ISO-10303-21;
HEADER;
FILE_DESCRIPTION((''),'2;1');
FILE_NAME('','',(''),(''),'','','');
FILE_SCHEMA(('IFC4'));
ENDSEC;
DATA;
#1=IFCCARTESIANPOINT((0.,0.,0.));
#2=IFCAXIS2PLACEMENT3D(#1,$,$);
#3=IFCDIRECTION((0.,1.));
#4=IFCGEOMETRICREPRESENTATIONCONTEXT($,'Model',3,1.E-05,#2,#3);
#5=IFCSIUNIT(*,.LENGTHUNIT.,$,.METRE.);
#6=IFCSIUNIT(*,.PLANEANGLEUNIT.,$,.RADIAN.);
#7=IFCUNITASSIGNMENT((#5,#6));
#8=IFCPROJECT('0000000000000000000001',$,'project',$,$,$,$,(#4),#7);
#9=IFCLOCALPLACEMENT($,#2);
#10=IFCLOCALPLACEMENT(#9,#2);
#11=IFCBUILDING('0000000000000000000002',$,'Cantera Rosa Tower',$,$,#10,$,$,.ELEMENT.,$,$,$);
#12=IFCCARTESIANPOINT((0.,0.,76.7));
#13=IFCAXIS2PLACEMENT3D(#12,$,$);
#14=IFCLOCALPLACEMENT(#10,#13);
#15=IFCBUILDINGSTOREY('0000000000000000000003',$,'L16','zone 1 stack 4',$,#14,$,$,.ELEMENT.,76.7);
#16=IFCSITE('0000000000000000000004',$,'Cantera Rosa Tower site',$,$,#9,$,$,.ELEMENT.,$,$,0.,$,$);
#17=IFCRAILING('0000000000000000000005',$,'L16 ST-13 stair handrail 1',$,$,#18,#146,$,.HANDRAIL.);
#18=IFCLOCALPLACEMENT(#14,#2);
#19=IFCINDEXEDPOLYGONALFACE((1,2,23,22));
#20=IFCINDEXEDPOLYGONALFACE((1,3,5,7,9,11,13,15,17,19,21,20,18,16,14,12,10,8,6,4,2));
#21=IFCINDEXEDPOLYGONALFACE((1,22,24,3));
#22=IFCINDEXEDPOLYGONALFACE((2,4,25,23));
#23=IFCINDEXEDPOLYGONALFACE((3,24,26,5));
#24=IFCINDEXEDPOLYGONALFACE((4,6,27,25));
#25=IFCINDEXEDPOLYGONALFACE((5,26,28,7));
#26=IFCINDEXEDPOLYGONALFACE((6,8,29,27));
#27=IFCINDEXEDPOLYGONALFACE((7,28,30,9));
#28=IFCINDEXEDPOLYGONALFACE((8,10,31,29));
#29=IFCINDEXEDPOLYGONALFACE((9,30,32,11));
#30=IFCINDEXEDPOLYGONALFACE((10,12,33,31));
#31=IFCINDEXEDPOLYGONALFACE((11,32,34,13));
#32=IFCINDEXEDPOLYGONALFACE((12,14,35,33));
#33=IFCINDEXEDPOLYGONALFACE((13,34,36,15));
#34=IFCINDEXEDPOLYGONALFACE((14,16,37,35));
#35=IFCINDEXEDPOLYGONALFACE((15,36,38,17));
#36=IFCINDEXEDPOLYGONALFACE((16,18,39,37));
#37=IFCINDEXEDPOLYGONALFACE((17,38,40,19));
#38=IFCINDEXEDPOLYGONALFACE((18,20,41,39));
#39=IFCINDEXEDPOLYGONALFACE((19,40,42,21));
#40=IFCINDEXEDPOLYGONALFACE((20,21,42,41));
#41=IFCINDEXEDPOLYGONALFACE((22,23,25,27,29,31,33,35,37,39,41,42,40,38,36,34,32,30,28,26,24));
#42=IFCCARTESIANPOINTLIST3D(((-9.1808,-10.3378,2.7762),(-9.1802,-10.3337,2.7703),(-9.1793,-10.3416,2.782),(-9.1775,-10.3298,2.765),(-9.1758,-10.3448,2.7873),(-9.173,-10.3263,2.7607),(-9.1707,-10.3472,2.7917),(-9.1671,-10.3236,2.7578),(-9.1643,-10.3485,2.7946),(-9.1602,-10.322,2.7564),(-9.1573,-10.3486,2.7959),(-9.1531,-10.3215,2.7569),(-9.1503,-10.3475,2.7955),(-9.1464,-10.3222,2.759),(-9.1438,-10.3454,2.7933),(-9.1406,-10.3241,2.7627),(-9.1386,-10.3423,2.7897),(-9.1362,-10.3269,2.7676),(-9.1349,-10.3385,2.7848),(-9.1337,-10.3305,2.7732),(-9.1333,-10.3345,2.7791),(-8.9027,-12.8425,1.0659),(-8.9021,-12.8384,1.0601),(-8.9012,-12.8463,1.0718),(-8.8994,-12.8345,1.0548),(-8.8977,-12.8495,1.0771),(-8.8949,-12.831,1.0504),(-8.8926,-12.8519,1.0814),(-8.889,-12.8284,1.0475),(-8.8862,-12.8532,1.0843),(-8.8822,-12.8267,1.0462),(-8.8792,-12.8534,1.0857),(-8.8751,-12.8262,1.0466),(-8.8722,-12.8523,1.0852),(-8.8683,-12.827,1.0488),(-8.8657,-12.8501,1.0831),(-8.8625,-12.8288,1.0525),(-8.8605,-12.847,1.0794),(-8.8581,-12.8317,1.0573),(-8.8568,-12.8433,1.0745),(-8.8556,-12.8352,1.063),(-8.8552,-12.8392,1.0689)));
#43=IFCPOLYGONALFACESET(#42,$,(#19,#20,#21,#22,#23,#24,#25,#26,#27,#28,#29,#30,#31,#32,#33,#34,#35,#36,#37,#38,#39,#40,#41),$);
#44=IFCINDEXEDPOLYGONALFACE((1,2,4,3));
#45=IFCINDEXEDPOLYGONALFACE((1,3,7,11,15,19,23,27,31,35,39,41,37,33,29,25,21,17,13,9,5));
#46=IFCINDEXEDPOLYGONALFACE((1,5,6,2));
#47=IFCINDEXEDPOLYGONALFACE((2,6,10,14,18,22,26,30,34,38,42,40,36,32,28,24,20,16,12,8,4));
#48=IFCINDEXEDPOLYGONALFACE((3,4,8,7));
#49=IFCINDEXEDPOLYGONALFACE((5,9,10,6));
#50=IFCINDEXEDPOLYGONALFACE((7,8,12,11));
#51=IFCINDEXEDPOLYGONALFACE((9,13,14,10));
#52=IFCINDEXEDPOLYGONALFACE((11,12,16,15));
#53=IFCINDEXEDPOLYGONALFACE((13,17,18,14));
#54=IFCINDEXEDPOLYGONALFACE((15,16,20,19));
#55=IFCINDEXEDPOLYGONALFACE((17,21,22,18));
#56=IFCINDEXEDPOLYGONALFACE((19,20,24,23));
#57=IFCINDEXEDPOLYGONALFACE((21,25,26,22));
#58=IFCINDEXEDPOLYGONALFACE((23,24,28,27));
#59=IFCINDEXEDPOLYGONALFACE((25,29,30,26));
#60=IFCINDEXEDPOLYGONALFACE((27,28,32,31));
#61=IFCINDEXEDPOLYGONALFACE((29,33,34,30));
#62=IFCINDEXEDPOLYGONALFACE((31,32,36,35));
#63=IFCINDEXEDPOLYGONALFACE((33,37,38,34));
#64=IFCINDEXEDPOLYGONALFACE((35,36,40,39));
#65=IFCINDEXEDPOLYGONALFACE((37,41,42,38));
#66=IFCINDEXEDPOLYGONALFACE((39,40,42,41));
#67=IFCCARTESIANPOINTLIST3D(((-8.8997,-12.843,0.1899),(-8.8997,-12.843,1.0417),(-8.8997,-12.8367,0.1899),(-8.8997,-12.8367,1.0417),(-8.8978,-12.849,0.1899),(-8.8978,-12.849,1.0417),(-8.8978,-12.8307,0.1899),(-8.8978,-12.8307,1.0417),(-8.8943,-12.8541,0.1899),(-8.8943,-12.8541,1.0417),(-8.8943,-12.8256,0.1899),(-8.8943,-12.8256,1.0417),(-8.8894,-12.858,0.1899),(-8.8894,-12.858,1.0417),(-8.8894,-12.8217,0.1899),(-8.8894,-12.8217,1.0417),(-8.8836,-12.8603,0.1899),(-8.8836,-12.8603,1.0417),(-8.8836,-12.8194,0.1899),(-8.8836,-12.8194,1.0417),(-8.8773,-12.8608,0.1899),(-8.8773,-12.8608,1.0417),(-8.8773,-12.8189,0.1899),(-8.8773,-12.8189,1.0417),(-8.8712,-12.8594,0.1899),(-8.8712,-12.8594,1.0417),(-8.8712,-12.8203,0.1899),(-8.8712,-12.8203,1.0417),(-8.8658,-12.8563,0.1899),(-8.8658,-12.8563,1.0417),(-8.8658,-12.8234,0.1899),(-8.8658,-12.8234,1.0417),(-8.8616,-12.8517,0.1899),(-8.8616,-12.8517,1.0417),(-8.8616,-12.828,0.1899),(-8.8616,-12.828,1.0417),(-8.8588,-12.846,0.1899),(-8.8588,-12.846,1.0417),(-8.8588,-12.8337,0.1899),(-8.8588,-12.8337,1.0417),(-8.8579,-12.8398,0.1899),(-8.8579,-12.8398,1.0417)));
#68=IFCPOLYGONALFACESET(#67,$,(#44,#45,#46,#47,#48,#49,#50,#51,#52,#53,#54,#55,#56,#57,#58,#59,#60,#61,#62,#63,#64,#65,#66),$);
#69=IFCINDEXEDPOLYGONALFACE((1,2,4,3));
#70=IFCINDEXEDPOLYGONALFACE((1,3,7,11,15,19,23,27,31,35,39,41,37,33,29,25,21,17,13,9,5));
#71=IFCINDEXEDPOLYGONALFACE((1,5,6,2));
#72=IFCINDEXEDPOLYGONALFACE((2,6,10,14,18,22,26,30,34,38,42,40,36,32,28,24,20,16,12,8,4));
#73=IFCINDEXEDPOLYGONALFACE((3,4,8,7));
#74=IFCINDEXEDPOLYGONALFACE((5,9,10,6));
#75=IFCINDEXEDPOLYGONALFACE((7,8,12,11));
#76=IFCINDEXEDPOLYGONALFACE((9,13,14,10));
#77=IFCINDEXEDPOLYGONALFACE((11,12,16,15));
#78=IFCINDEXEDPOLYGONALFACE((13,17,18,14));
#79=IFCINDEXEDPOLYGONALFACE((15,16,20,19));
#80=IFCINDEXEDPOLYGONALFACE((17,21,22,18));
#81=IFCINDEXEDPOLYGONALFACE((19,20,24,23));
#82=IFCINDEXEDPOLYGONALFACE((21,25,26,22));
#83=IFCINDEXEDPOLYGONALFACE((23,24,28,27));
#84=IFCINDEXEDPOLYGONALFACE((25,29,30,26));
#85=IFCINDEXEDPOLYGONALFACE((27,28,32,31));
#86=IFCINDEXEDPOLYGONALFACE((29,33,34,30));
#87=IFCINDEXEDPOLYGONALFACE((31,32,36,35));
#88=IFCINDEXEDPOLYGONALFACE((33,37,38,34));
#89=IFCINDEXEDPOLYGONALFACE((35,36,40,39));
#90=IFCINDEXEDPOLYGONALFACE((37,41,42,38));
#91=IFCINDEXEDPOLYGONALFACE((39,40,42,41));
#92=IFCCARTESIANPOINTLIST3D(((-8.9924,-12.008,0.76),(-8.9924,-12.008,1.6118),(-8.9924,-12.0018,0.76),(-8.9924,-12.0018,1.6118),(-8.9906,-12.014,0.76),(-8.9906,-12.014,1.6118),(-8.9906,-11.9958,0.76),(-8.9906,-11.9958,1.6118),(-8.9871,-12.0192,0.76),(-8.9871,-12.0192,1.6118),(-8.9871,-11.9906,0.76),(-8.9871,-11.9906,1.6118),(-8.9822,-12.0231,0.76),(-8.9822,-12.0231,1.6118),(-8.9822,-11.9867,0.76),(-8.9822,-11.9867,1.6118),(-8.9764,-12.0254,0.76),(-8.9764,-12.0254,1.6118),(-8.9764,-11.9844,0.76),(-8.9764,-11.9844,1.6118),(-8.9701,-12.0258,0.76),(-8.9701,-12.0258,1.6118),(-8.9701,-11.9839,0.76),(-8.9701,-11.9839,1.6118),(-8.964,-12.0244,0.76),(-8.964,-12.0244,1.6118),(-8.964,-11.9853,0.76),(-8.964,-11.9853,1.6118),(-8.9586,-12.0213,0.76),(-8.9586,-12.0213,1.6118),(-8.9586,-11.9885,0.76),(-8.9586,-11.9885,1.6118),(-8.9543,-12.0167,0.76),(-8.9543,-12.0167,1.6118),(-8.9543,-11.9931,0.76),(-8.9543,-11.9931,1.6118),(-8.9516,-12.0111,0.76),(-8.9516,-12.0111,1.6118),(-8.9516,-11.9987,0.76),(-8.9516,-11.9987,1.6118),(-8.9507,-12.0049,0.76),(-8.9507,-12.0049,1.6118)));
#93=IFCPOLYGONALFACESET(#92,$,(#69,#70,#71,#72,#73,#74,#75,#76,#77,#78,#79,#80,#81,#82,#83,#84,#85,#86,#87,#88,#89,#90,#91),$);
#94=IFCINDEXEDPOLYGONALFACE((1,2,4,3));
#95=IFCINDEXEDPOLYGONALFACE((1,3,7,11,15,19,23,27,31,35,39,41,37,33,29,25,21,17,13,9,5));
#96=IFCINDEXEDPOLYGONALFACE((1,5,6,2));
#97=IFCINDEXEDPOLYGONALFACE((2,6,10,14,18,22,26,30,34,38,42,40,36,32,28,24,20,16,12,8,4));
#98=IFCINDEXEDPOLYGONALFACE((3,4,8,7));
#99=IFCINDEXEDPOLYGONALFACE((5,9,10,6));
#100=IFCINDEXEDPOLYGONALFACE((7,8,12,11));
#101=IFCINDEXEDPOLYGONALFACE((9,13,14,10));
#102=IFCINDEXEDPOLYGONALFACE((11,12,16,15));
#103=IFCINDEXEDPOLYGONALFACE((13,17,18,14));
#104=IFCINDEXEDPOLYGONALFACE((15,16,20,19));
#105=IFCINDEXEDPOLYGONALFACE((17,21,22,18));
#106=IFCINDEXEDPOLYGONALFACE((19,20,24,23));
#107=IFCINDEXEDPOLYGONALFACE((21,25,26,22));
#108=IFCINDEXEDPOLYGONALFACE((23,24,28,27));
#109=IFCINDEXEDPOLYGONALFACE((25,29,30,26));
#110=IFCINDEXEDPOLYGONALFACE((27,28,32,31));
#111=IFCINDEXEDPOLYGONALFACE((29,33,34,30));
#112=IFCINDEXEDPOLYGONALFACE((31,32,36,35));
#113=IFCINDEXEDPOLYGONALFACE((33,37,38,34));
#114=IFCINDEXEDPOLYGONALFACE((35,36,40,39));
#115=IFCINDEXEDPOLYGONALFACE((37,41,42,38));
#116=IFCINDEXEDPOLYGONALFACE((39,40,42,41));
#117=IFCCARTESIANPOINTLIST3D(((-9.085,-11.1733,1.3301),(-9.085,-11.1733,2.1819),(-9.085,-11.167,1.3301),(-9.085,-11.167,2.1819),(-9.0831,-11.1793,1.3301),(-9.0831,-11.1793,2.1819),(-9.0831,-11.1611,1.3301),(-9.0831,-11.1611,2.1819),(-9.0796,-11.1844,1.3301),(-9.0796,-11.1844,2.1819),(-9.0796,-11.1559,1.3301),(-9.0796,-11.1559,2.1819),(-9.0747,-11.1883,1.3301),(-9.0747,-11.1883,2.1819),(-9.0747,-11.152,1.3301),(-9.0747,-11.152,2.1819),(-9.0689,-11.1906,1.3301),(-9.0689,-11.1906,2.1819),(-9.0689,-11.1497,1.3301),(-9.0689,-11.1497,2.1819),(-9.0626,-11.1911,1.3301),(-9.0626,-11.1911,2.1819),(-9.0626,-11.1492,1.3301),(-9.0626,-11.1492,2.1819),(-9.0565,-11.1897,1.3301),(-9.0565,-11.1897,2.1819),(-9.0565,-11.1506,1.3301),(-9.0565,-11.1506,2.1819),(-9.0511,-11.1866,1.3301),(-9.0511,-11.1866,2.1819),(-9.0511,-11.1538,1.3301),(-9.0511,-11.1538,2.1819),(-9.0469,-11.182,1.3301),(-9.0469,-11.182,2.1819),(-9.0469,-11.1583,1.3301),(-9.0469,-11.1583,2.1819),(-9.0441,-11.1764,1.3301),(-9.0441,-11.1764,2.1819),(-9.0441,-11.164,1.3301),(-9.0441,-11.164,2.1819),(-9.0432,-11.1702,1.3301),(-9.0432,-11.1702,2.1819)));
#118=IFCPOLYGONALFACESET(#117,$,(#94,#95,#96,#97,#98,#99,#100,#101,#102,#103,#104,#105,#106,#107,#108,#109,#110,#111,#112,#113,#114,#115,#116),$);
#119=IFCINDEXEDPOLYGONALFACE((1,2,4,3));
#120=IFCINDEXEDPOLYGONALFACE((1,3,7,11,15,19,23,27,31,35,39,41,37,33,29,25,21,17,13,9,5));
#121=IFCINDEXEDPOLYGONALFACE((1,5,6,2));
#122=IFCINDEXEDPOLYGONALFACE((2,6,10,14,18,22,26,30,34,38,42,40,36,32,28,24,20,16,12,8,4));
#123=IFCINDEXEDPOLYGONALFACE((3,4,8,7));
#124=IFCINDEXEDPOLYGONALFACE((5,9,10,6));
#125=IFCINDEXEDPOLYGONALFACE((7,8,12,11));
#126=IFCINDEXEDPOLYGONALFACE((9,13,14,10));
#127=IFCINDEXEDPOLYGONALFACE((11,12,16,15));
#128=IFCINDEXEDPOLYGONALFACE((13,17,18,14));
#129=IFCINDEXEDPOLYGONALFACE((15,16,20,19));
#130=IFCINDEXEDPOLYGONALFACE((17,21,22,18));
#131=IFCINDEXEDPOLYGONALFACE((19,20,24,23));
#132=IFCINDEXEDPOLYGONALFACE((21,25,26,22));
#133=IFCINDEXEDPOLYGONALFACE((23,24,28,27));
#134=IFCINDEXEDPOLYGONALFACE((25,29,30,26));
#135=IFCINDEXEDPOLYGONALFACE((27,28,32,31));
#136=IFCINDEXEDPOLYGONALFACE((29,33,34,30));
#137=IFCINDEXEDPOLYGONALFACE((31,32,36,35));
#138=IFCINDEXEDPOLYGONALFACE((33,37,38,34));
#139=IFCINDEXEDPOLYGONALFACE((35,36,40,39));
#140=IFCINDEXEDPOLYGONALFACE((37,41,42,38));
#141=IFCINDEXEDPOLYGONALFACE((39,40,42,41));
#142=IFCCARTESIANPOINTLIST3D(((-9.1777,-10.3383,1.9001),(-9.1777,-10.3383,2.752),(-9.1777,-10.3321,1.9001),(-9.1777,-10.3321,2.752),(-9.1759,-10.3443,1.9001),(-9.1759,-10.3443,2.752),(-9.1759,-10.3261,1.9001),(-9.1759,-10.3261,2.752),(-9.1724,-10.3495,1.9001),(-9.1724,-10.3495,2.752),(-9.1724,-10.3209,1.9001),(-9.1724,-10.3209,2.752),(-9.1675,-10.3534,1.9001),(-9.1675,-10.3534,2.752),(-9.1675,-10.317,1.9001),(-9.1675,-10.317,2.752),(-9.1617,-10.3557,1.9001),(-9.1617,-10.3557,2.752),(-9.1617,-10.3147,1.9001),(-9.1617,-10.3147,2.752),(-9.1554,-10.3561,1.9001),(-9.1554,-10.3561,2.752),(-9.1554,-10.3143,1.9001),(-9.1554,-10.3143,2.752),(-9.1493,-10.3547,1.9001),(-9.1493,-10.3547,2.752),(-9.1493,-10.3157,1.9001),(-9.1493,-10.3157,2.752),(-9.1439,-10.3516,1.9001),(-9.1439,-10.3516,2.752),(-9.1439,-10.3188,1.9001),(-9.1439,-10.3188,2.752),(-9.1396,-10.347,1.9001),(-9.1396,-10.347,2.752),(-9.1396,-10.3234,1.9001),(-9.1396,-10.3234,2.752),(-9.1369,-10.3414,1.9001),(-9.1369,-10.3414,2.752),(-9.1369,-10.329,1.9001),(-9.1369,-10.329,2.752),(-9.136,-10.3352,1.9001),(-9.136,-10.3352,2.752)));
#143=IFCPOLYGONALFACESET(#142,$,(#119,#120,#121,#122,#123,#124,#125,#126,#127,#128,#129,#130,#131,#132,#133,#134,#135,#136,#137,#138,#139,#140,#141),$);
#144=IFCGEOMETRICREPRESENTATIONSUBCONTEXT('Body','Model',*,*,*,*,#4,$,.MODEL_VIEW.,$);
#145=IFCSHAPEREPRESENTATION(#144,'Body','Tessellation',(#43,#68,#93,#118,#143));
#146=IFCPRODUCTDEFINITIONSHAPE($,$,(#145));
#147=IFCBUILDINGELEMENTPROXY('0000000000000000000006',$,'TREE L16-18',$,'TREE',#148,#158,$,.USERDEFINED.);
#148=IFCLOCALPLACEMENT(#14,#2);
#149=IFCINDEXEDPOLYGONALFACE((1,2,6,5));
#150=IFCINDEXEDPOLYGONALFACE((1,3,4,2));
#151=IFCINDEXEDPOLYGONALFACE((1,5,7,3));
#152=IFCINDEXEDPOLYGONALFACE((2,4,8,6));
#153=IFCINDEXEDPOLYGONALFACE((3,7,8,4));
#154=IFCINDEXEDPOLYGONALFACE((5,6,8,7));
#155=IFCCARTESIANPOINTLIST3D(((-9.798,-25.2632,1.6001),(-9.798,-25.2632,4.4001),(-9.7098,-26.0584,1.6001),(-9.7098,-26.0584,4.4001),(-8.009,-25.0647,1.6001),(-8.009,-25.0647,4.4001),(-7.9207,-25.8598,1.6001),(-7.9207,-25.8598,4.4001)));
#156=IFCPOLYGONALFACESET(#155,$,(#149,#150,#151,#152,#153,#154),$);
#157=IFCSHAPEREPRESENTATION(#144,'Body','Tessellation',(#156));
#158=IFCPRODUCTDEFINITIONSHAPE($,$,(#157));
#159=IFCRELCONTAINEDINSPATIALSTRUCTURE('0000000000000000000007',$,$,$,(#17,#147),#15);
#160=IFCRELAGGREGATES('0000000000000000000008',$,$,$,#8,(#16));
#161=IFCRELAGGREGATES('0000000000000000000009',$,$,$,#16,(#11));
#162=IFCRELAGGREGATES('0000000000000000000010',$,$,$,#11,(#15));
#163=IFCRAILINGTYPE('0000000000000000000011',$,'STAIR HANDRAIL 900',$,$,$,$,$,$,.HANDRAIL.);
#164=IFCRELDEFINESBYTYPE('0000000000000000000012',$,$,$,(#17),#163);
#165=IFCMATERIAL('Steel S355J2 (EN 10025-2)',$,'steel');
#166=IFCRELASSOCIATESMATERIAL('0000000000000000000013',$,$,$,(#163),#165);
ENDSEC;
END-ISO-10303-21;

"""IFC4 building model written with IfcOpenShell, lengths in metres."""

from ifc_helpers import new_model, si_unit, direction, frame, origin, origin_2d, place, context, subcontext, project, spatial, rectangle, circle, extrude, material, type_object, element, save


model = new_model("IFC4")

# Units and contexts
model_context = context("Model", 3, precision=1e-05, world=origin(), true_north=direction((0.0, 1.0)))
body_context = subcontext(model_context, "Body", "Model", "MODEL_VIEW")
ifc_project = project(units=[si_unit("LENGTHUNIT", "METRE"), si_unit("PLANEANGLEUNIT", "RADIAN")], contexts=[model_context])

# Site, building, storey
site_placement = place(None, origin())
site = spatial("IfcSite", under=ifc_project, at=site_placement, Name="Cantera Rosa Tower site", CompositionType="ELEMENT", RefElevation=0.0)
building_placement = place(site_placement, origin())
building = spatial("IfcBuilding", under=site, at=building_placement, Name="Cantera Rosa Tower", CompositionType="ELEMENT")
storey_placement = place(building_placement, frame((0.0, 0.0, 76.7)))
storey = spatial("IfcBuildingStorey", under=building, at=storey_placement, Name="L16", Description="zone 1 stack 4", CompositionType="ELEMENT", Elevation=76.7)

# Railing
ifc_material_1 = material(Name="Steel S355J2 (EN 10025-2)", Category="steel")
railing_type_1 = type_object("IfcRailingType", Name="STAIR HANDRAIL 900", PredefinedType="HANDRAIL", material=ifc_material_1)
railing_1_placement = place(storey_placement, frame((-8.8789, -12.8398, 0.1899)))
element("IfcRailing", 1, at=railing_1_placement, inside=storey, type_object=railing_type_1, Name="L16 ST-13 stair handrail 1", PredefinedType="HANDRAIL", context=body_context, shape_type="SweptSolid", body=[
    extrude(circle(Radius=0.0239, at=origin_2d()), frame((0.0, 0.0, 0.876), z_axis=(-0.091306, 0.822394, 0.561543), x_axis=(-0.993893, -0.110346, 0.0)), (0.0, 0.0, 1.0), 3.0457),
    extrude(circle(Radius=0.021, at=origin_2d()), origin(), (0.0, 0.0, 1.0), 0.8518),
    extrude(circle(Radius=0.021, at=origin_2d()), frame((-0.0928, 0.835, 0.5701)), (0.0, 0.0, 1.0), 0.8518),
    extrude(circle(Radius=0.021, at=origin_2d()), frame((-0.1853, 1.6697, 1.1401)), (0.0, 0.0, 1.0), 0.8518),
    extrude(circle(Radius=0.021, at=origin_2d()), frame((-0.2781, 2.5046, 1.7102)), (0.0, 0.0, 1.0), 0.8518),
])

# Building element proxy
proxy_placement = place(storey_placement, frame((-8.8594, -25.5615, 1.6001), z_axis=(0.0, 0.0, 1.0), x_axis=(0.993897, 0.110313, 0.0)))
element("IfcBuildingElementProxy", 2, at=proxy_placement, inside=storey, Name="TREE L16-18", ObjectType="TREE", PredefinedType="USERDEFINED", context=body_context, shape_type="SweptSolid", body=[
    extrude(rectangle(XDim=1.8, YDim=0.8, at=origin_2d()), origin(), (0.0, 0.0, 1.0), 2.8),
])

save(model, "model.ifc")
